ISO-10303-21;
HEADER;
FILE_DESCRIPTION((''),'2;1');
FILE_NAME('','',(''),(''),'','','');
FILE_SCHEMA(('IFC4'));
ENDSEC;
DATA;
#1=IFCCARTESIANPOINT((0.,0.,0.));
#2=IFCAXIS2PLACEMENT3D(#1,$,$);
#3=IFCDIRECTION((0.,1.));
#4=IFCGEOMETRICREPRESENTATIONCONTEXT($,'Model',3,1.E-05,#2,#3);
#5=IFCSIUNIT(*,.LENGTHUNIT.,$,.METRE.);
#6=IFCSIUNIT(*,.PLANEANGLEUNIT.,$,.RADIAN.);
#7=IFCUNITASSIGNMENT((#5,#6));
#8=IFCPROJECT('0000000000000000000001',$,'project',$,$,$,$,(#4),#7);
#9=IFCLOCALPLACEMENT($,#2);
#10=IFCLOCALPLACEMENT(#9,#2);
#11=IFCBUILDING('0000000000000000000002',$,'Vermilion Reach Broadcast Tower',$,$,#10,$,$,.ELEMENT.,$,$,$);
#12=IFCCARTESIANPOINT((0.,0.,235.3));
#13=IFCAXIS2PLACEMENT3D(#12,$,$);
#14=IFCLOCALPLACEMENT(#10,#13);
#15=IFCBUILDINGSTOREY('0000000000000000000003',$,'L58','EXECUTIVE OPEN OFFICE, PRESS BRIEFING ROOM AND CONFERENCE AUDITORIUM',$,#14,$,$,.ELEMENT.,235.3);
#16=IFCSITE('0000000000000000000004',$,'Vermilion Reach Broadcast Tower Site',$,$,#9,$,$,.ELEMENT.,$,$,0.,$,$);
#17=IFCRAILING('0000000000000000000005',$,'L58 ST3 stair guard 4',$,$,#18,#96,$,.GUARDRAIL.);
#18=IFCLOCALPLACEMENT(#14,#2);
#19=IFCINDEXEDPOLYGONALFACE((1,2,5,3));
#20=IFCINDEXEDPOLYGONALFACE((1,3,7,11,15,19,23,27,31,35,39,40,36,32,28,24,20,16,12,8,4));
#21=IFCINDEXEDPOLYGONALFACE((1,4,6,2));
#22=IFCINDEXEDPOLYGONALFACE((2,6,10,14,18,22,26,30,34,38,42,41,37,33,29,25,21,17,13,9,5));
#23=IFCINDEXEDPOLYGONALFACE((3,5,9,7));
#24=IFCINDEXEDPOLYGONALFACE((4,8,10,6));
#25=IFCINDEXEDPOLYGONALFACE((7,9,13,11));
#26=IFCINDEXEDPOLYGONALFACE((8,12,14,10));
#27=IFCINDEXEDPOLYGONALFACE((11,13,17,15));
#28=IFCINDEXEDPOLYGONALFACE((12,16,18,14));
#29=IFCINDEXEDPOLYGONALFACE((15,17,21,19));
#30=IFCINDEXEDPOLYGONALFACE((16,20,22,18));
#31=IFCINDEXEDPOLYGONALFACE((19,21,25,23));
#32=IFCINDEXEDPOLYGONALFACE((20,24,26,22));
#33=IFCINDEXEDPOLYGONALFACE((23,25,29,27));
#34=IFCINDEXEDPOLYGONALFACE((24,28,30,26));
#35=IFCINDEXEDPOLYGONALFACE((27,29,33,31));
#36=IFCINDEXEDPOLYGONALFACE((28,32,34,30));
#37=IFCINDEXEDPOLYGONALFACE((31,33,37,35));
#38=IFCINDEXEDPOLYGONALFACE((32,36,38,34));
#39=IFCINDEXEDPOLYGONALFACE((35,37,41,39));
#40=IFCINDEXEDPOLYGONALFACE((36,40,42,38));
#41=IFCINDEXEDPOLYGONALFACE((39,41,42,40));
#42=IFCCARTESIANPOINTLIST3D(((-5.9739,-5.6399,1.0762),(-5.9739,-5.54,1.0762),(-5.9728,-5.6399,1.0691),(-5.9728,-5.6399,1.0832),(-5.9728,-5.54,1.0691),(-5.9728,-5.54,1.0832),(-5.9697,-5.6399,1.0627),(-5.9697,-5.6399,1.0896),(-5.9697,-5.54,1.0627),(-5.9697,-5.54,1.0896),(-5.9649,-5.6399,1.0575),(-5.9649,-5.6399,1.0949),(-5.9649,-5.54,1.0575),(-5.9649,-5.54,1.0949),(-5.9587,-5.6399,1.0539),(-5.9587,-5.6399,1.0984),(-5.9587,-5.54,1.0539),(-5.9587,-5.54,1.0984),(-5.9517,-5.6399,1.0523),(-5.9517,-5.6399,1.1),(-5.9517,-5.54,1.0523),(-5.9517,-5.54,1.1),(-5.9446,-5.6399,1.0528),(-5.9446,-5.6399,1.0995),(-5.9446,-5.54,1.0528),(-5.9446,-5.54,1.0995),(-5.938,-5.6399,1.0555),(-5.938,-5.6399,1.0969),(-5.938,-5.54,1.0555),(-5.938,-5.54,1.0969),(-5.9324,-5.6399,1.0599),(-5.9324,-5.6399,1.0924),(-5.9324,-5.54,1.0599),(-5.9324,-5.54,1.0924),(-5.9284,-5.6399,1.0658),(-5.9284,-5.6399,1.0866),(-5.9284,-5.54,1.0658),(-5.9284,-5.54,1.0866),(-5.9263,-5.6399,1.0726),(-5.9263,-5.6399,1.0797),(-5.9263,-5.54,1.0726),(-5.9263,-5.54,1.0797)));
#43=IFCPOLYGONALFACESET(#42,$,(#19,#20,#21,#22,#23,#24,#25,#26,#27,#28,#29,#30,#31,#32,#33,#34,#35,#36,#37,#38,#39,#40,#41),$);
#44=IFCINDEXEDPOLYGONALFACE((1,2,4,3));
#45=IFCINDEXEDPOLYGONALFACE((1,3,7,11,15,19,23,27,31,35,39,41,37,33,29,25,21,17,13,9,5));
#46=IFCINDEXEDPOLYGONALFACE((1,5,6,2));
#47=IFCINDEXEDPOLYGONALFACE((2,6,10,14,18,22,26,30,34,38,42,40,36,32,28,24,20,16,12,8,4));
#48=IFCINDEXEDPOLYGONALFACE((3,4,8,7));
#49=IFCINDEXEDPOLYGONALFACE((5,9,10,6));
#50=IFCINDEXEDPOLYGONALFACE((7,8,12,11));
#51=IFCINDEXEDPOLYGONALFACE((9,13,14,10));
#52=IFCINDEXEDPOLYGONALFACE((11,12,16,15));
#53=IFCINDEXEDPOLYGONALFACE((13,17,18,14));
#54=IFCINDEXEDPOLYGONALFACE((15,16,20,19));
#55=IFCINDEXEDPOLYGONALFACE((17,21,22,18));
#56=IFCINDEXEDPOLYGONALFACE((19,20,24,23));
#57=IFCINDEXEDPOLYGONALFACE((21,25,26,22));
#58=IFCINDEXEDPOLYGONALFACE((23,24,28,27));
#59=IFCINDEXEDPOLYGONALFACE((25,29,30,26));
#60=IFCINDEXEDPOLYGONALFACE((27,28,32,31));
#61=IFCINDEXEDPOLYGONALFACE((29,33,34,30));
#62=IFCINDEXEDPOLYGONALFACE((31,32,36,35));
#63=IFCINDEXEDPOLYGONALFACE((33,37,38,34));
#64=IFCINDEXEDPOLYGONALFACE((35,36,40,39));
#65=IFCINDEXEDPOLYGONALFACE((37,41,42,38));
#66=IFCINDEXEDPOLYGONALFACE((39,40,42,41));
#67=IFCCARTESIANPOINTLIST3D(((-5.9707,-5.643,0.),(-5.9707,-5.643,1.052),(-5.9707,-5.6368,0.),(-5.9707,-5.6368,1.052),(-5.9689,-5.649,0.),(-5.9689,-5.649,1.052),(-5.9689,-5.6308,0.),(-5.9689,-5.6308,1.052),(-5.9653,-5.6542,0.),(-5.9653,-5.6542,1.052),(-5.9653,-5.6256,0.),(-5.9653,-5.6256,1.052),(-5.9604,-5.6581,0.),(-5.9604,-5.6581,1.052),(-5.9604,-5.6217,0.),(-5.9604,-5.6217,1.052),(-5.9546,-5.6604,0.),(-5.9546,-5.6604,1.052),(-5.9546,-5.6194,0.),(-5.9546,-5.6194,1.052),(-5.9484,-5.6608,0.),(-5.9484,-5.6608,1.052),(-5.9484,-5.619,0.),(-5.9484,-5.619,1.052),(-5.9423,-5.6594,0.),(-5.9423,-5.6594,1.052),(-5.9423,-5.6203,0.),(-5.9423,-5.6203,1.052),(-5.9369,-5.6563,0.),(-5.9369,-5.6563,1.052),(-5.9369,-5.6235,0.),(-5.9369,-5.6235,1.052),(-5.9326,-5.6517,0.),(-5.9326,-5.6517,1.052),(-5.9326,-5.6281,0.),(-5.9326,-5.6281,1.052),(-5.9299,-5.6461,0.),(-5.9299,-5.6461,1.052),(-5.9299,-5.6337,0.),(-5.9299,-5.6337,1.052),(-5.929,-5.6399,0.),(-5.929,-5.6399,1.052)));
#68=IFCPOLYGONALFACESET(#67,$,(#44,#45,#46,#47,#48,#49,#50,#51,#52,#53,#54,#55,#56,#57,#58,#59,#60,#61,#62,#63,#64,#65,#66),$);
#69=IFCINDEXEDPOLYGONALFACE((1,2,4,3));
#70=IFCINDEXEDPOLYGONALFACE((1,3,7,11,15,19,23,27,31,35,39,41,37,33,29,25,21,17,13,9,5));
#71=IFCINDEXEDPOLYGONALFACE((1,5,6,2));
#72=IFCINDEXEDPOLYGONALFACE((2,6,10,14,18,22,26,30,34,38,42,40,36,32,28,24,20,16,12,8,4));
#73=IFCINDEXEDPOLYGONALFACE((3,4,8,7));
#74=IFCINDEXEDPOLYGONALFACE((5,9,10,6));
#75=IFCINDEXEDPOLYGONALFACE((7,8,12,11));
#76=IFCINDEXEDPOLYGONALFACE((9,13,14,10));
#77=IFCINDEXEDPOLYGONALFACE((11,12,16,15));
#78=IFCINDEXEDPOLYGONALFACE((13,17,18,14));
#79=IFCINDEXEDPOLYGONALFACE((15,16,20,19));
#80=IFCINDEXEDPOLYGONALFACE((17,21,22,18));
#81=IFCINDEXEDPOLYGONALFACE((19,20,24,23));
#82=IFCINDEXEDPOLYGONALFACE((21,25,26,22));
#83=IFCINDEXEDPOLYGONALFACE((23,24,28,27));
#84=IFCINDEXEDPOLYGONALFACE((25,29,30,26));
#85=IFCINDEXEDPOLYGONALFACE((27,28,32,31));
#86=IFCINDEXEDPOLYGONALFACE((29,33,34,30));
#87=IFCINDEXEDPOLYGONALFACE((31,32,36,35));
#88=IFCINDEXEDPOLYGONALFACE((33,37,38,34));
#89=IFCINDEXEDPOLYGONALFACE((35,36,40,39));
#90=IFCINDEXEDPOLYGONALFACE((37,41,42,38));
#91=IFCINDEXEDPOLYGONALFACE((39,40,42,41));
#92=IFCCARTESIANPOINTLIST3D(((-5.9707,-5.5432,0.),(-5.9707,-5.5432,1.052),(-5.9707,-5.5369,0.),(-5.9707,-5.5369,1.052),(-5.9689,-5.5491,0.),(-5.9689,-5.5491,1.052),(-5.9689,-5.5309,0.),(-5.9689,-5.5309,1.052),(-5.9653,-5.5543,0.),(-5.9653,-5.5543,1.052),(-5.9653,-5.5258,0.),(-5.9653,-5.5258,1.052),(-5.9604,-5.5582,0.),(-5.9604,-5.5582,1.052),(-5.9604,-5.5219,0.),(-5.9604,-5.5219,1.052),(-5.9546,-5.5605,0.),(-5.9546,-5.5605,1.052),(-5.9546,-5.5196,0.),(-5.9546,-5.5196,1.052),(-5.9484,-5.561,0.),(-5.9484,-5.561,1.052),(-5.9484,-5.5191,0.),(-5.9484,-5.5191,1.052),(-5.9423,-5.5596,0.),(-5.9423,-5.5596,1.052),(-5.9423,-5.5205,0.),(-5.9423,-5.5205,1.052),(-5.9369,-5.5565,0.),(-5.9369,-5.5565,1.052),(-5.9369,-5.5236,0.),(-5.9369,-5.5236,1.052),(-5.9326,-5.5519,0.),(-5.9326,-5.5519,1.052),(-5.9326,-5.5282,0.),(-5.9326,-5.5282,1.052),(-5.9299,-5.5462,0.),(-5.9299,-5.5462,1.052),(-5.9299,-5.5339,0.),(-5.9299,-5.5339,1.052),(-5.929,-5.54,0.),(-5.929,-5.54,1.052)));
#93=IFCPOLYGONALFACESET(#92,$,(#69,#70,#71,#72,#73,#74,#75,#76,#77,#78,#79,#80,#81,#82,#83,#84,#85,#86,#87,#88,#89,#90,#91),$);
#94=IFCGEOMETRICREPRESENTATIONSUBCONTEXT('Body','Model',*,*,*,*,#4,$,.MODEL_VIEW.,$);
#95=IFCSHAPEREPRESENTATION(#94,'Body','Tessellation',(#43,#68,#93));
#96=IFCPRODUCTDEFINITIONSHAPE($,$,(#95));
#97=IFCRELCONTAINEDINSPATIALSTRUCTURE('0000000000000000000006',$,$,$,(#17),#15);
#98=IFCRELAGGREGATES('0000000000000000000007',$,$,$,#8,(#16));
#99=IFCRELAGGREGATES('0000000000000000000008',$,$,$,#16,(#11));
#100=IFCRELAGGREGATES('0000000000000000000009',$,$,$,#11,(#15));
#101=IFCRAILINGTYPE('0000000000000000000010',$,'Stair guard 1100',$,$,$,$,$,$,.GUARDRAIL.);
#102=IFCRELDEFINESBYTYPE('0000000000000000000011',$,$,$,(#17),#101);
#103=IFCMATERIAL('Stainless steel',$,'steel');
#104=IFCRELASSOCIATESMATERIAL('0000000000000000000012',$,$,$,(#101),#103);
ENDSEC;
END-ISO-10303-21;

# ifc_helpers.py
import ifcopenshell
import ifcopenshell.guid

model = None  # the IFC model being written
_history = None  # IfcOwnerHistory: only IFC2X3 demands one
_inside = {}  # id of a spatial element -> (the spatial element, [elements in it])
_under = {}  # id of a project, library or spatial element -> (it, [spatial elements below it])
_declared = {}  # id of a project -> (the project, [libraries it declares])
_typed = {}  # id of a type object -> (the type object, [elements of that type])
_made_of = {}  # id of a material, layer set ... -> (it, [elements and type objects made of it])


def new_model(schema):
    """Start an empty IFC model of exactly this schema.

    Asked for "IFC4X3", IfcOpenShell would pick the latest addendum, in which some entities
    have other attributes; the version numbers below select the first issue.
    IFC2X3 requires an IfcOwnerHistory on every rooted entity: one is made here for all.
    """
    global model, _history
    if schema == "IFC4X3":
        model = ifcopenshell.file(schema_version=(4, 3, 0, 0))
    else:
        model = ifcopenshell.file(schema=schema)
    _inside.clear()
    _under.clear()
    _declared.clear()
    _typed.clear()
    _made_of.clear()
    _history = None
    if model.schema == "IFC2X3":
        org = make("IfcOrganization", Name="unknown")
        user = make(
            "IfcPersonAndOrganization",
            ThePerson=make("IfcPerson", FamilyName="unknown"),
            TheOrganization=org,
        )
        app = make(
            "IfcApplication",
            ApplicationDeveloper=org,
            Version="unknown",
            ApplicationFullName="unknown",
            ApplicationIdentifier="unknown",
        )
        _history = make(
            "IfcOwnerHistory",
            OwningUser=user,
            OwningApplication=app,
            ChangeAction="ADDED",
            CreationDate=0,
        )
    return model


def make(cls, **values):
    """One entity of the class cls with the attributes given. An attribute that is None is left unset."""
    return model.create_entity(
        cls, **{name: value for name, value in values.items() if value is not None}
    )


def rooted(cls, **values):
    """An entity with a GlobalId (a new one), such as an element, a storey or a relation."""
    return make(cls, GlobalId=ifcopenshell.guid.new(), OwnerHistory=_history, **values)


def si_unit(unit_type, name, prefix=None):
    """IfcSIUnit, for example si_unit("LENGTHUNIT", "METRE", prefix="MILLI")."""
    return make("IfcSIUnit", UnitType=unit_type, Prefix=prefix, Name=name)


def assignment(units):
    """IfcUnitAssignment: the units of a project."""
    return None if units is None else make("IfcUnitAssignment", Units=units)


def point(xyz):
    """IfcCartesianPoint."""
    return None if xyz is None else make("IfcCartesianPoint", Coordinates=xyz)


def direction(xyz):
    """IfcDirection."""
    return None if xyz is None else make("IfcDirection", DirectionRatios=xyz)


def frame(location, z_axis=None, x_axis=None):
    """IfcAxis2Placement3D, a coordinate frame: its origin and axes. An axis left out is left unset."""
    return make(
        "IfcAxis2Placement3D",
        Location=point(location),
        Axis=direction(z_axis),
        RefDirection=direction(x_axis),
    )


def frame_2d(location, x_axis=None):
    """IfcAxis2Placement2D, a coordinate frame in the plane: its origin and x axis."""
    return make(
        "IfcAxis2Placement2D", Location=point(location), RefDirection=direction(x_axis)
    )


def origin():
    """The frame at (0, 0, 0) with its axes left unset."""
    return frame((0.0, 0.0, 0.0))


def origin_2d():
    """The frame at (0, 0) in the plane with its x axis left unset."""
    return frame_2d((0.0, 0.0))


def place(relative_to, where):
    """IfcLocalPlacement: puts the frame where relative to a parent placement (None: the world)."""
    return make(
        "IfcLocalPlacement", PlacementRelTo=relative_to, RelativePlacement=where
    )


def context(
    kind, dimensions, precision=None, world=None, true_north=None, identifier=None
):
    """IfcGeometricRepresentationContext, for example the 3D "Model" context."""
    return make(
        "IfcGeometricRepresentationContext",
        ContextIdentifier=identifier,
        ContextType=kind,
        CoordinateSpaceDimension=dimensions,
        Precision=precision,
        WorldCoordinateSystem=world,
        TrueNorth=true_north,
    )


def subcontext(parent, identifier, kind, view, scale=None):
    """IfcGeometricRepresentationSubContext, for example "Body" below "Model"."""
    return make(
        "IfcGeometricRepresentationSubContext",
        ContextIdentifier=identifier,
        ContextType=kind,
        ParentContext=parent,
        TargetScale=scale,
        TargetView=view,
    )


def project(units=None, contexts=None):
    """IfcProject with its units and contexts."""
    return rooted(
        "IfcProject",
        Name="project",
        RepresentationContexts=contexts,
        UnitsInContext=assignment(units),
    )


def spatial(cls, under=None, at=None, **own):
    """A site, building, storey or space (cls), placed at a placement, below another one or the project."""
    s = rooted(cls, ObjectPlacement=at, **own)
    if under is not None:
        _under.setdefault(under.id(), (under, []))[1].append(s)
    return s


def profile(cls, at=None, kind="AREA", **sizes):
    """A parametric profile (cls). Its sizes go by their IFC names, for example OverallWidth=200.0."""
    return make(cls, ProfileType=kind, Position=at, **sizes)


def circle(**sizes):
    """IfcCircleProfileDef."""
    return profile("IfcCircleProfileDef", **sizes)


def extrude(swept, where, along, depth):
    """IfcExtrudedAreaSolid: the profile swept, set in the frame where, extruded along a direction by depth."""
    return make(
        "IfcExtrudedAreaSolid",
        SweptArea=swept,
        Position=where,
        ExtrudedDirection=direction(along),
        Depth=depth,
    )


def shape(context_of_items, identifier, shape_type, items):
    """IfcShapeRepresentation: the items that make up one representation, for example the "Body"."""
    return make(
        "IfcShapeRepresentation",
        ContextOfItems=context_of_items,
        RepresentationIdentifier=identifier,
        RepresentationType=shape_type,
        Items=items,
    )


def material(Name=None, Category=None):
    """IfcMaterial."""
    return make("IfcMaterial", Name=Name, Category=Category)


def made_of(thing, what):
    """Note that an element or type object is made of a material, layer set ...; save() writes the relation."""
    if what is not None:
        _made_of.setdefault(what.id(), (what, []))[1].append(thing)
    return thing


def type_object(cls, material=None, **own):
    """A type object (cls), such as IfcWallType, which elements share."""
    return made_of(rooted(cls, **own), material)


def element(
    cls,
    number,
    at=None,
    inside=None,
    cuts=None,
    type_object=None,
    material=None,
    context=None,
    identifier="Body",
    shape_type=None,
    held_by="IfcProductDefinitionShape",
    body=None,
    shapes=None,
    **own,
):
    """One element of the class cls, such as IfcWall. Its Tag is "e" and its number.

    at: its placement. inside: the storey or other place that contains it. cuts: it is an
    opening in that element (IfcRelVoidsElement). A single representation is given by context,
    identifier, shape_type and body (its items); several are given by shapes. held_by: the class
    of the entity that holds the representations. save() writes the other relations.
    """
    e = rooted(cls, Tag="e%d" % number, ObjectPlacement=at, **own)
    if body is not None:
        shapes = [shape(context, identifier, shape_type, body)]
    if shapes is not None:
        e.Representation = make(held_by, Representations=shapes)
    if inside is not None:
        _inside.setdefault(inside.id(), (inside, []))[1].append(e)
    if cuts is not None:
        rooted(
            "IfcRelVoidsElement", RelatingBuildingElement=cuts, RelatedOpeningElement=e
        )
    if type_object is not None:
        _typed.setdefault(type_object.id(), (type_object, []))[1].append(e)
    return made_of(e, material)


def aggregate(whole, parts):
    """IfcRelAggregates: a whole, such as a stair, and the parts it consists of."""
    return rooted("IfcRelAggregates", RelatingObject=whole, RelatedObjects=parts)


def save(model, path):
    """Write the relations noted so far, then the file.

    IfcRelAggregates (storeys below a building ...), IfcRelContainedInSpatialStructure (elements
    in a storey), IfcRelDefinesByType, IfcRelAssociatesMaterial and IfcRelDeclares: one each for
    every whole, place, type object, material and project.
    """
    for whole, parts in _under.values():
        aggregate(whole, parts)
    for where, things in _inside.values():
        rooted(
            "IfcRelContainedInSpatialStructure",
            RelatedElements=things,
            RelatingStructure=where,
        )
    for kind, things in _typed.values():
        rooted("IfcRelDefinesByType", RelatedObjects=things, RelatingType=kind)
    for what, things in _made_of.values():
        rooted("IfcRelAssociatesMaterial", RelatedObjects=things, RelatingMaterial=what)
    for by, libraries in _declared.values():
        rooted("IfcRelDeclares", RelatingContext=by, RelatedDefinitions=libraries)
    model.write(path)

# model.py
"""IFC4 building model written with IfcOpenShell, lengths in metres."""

from ifc_helpers import new_model, si_unit, direction, frame, origin, origin_2d, place, context, subcontext, project, spatial, circle, extrude, material, type_object, element, save


model = new_model("IFC4")

# Units and contexts
model_context = context("Model", 3, precision=1e-05, world=origin(), true_north=direction((0.0, 1.0)))
body_context = subcontext(model_context, "Body", "Model", "MODEL_VIEW")
ifc_project = project(units=[si_unit("LENGTHUNIT", "METRE"), si_unit("PLANEANGLEUNIT", "RADIAN")], contexts=[model_context])

# Site, building, storey
site_placement = place(None, origin())
site = spatial("IfcSite", under=ifc_project, at=site_placement, Name="Vermilion Reach Broadcast Tower Site", CompositionType="ELEMENT", RefElevation=0.0)
building_placement = place(site_placement, origin())
building = spatial("IfcBuilding", under=site, at=building_placement, Name="Vermilion Reach Broadcast Tower", CompositionType="ELEMENT")
storey_placement = place(building_placement, frame((0.0, 0.0, 235.3)))
storey = spatial("IfcBuildingStorey", under=building, at=storey_placement, Name="L58", Description="EXECUTIVE OPEN OFFICE, PRESS BRIEFING ROOM AND CONFERENCE AUDITORIUM", CompositionType="ELEMENT", Elevation=235.3)

# Railing
ifc_material_1 = material(Name="Stainless steel", Category="steel")
railing_type_1 = type_object("IfcRailingType", Name="Stair guard 1100", PredefinedType="GUARDRAIL", material=ifc_material_1)
railing_1_placement = place(storey_placement, frame((-5.95, -5.6399, 0.0)))
element("IfcRailing", 1, at=railing_1_placement, inside=storey, type_object=railing_type_1, Name="L58 ST3 stair guard 4", PredefinedType="GUARDRAIL", context=body_context, shape_type="SweptSolid", body=[
    extrude(circle(Radius=0.0239, at=origin_2d()), frame((0.0, 0.0, 1.0762), z_axis=(0.0, 1.0, 0.0), x_axis=(-1.0, 0.0, 0.0)), (0.0, 0.0, 1.0), 0.0999),
    extrude(circle(Radius=0.021, at=origin_2d()), origin(), (0.0, 0.0, 1.0), 1.052),
    extrude(circle(Radius=0.021, at=origin_2d()), frame((0.0, 0.0999, 0.0)), (0.0, 0.0, 1.0), 1.052),
])

save(model, "model.ifc")
